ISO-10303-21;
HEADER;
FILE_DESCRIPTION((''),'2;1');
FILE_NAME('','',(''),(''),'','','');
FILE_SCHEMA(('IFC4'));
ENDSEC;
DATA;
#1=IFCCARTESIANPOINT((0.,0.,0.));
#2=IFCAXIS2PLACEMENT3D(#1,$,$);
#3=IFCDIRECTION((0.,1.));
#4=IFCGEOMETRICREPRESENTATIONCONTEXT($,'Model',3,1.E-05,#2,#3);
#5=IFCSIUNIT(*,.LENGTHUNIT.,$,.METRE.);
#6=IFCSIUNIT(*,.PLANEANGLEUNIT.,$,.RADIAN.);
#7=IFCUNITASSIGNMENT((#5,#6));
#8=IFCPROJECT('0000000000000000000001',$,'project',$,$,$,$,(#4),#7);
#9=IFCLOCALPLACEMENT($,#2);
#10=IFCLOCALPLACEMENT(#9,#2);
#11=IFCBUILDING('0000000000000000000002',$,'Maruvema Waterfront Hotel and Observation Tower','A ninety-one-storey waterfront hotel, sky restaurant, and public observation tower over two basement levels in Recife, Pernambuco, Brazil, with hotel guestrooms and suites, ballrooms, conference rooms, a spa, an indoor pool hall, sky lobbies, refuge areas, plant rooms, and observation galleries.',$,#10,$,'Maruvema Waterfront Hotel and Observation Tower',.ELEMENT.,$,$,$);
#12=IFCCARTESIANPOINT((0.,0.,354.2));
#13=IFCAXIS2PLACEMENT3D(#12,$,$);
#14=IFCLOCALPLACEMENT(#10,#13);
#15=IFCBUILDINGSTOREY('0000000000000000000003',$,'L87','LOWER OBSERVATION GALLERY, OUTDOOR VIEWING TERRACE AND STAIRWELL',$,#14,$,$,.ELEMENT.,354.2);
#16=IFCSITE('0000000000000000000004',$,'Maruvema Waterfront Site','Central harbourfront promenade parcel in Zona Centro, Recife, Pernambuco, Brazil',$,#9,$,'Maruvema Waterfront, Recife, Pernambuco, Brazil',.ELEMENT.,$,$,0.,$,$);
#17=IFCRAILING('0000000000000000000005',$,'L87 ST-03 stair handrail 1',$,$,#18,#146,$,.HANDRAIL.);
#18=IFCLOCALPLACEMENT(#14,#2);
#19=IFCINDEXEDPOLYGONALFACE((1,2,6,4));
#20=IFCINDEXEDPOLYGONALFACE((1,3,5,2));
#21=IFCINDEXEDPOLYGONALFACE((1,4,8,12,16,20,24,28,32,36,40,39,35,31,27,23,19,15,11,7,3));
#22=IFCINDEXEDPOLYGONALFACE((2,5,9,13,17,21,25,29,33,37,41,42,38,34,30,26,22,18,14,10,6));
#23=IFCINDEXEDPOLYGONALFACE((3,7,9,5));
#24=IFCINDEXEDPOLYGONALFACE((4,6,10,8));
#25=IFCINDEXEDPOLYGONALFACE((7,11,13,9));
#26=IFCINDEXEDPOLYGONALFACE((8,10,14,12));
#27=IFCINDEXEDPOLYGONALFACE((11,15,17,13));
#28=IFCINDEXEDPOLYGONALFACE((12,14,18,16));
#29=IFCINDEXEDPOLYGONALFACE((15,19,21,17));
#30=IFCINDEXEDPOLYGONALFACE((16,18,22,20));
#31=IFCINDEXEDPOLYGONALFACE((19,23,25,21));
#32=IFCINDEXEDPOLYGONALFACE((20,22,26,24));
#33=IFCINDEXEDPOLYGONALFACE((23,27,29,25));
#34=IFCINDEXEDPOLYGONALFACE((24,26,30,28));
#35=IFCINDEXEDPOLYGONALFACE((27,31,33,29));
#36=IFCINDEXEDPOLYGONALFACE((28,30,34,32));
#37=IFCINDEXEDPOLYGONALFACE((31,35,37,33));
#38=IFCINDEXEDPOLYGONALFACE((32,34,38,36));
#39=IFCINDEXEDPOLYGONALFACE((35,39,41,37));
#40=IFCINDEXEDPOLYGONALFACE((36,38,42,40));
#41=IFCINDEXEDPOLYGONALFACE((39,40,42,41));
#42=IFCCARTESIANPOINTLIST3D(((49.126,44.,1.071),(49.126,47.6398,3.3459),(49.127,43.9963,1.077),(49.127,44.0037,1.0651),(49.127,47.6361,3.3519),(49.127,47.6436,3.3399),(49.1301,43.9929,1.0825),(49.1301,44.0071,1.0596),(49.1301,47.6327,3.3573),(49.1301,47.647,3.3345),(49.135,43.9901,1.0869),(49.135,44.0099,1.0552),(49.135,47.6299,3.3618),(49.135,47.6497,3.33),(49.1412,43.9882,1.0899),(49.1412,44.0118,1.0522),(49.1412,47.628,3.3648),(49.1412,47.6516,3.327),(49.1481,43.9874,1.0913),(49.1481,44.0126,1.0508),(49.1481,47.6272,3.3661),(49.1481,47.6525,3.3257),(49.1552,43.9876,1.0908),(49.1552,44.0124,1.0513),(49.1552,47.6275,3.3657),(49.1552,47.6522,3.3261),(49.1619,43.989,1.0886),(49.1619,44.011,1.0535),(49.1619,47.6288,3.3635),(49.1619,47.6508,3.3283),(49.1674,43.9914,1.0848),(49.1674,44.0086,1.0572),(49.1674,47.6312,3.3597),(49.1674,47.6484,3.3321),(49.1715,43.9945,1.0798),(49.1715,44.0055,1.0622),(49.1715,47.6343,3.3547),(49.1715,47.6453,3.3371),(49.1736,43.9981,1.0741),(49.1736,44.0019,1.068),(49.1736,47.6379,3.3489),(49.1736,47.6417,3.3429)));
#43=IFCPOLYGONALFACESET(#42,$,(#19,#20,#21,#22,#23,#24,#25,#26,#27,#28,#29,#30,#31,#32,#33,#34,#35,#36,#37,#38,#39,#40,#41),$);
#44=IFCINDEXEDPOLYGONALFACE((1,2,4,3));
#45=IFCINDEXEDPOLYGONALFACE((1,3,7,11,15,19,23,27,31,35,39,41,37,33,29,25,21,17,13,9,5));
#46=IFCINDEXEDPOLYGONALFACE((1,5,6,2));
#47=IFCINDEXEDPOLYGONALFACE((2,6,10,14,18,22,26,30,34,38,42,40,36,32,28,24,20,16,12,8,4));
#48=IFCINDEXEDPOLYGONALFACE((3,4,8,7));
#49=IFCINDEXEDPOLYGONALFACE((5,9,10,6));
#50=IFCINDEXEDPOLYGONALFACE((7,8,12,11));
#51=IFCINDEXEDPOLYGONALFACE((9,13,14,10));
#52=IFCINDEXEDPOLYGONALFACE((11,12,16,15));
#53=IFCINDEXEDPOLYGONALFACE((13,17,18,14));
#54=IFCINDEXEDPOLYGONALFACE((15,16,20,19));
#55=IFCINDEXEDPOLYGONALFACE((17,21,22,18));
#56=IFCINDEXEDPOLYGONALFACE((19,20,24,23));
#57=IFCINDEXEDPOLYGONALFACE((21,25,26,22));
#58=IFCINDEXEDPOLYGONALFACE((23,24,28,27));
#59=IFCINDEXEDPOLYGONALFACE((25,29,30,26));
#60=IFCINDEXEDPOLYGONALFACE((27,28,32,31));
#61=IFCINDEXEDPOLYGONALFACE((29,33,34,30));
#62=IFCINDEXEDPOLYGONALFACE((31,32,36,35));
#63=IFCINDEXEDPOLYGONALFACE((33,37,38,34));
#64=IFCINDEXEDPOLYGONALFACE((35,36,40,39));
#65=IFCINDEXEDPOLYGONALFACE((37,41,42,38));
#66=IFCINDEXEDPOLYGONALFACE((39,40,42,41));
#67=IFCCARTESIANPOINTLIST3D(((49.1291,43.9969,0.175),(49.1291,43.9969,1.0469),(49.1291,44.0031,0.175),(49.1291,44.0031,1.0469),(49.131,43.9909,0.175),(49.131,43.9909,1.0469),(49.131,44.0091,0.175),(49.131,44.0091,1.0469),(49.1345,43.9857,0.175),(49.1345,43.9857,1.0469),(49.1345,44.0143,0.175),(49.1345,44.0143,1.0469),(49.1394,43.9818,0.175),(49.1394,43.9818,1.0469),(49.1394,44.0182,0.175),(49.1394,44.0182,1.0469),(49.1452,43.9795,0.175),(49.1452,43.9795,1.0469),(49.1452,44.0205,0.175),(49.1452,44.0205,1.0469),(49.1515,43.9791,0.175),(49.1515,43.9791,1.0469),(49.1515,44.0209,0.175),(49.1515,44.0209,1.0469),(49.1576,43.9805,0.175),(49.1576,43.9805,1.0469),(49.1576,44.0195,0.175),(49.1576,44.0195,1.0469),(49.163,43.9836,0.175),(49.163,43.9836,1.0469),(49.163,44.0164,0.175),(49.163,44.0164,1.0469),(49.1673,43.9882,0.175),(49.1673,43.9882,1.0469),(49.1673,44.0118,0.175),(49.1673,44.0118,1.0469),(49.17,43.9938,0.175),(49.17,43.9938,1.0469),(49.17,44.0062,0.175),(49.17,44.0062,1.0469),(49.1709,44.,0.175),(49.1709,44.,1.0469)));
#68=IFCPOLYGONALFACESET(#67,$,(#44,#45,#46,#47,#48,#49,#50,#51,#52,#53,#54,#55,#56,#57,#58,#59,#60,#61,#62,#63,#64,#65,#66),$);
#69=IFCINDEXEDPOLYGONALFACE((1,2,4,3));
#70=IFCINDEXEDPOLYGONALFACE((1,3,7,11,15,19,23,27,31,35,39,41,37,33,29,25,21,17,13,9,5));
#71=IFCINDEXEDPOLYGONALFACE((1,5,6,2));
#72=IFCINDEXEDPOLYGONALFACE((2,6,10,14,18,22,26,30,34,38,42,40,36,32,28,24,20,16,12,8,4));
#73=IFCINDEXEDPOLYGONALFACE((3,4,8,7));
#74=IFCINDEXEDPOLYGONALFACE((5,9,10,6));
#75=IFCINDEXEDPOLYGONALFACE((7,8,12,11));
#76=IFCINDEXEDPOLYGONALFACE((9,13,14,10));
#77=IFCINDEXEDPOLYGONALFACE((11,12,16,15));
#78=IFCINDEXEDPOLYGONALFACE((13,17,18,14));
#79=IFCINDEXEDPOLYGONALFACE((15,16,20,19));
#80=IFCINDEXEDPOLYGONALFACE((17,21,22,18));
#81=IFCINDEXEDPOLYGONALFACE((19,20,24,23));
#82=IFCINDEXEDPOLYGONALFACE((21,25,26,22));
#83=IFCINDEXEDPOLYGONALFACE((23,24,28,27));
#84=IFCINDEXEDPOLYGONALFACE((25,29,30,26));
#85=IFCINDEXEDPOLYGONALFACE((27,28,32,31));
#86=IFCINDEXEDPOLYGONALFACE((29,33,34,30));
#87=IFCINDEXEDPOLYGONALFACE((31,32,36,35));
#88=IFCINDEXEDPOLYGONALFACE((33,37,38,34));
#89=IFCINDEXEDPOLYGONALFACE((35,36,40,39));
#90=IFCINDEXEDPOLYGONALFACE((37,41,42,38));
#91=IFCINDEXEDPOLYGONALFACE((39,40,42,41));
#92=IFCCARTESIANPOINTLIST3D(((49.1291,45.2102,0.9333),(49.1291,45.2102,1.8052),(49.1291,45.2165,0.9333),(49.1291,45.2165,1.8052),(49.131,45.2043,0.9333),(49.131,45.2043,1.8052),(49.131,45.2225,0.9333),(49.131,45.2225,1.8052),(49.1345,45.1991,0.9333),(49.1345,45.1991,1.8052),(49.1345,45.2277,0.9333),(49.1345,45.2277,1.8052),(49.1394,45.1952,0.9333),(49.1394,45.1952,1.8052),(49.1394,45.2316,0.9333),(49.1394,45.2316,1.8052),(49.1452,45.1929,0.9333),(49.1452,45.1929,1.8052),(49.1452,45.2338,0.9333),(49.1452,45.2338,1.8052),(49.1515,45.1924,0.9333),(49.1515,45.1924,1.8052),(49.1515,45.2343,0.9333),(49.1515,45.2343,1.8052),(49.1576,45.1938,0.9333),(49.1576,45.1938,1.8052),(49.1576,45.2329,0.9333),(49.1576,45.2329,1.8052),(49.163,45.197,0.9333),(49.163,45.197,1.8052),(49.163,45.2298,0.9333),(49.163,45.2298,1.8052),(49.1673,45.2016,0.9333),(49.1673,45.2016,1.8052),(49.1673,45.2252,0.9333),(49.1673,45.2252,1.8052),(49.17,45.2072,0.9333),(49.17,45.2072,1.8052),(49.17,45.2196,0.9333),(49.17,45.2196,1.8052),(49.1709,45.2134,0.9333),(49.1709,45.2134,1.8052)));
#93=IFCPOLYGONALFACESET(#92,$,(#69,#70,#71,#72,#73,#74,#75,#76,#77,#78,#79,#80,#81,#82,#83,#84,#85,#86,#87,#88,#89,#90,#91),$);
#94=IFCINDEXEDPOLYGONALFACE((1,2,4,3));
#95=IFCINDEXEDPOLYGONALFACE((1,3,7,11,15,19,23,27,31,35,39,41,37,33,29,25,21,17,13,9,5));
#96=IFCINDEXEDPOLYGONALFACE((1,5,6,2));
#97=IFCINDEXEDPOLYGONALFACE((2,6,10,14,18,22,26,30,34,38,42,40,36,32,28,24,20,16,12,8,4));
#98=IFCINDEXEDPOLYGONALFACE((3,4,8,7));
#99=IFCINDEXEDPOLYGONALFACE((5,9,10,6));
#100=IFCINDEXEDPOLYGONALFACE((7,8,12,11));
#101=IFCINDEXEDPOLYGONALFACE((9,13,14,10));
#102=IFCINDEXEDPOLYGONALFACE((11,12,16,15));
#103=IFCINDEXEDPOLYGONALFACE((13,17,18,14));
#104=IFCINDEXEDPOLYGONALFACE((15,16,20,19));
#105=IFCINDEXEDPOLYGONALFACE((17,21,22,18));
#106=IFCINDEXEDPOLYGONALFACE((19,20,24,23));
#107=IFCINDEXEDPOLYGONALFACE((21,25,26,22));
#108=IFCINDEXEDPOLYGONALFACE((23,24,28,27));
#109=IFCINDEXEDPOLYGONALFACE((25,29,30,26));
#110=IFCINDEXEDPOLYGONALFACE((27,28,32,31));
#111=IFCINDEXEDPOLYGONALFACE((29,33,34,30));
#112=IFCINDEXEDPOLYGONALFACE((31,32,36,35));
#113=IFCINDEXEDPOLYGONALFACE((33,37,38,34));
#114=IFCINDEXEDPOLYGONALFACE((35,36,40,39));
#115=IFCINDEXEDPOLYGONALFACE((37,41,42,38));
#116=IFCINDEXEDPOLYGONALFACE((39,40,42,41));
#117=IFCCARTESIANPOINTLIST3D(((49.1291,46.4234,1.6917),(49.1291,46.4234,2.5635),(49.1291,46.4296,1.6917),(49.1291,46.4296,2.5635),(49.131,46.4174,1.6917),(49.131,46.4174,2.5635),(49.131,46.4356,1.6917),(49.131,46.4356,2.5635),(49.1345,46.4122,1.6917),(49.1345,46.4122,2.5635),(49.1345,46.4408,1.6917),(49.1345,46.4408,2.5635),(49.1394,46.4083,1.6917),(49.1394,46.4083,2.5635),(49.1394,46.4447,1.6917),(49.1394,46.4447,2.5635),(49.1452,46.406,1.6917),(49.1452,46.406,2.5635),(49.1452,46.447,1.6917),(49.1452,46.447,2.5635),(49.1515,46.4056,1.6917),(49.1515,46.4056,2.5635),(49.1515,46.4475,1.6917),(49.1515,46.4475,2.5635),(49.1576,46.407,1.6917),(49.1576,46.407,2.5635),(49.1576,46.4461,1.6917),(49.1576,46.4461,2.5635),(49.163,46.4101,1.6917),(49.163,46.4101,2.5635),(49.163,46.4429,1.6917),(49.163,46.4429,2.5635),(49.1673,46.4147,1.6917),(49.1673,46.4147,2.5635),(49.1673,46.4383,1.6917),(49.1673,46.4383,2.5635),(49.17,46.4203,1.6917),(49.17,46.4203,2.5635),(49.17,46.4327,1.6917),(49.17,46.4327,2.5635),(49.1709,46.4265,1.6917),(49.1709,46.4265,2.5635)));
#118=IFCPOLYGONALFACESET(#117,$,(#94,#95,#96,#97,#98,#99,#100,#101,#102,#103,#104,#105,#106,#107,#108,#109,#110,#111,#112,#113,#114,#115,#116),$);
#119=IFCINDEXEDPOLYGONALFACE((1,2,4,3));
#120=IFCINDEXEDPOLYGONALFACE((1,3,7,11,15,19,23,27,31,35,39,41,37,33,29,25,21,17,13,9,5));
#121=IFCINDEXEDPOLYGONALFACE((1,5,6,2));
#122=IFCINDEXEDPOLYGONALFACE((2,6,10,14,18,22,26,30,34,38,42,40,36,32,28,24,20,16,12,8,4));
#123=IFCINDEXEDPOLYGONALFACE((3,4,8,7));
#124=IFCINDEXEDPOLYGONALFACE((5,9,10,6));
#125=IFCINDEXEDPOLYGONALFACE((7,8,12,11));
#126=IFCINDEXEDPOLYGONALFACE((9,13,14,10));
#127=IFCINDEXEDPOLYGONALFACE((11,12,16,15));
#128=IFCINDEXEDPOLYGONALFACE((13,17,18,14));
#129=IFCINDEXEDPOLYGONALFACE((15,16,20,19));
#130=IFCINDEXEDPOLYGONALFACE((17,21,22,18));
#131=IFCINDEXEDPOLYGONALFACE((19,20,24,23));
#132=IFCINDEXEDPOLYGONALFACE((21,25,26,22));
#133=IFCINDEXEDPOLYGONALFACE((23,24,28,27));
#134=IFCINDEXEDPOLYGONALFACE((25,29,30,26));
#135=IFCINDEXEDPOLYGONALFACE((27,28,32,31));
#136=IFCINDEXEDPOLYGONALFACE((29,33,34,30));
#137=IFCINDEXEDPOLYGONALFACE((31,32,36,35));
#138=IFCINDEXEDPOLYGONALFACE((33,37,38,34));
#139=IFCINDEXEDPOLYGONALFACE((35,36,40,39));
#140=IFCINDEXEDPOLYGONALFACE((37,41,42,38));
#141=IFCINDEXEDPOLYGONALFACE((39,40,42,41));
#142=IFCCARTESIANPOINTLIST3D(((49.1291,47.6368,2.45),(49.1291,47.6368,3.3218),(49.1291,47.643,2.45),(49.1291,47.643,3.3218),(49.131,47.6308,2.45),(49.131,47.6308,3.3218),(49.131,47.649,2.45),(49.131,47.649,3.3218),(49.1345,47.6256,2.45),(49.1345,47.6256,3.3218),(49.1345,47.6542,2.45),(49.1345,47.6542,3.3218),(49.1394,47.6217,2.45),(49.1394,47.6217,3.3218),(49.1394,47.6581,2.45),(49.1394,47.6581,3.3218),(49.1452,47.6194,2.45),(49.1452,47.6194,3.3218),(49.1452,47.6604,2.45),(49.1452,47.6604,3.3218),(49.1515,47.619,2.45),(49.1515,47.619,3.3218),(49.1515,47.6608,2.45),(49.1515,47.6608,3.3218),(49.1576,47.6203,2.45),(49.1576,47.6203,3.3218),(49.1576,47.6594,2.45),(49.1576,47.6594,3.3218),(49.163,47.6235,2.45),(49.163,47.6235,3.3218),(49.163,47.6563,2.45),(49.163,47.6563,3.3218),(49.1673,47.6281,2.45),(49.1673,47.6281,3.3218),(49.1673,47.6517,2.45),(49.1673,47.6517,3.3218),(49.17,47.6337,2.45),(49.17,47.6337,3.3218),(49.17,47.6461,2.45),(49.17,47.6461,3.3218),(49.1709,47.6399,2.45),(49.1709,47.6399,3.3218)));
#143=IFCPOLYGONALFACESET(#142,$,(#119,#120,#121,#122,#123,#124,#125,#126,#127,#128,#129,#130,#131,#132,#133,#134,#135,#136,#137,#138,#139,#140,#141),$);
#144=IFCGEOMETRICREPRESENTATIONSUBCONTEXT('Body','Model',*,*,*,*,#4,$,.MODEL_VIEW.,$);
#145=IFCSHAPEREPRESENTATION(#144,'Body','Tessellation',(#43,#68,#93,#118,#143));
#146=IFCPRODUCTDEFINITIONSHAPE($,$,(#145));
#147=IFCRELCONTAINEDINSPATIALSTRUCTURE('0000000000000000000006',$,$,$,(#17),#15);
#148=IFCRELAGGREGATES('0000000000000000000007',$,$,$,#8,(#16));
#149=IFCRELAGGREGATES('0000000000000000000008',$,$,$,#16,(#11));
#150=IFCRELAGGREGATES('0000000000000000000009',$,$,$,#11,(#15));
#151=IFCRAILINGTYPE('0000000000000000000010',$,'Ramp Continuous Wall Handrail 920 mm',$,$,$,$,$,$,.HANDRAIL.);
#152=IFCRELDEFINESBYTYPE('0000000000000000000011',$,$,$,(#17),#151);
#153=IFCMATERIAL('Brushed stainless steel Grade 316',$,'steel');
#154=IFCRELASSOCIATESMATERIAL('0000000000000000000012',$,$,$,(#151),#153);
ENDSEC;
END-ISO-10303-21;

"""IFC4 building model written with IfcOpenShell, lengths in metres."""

from ifc_helpers import new_model, si_unit, direction, frame, origin, origin_2d, place, context, subcontext, project, spatial, circle, extrude, material, type_object, element, save


model = new_model("IFC4")

# Units and contexts
model_context = context("Model", 3, precision=1e-05, world=origin(), true_north=direction((0.0, 1.0)))
body_context = subcontext(model_context, "Body", "Model", "MODEL_VIEW")
ifc_project = project(units=[si_unit("LENGTHUNIT", "METRE"), si_unit("PLANEANGLEUNIT", "RADIAN")], contexts=[model_context])

# Site, building, storey
site_placement = place(None, origin())
site = spatial("IfcSite", under=ifc_project, at=site_placement, Name="Maruvema Waterfront Site", Description="Central harbourfront promenade parcel in Zona Centro, Recife, Pernambuco, Brazil", LongName="Maruvema Waterfront, Recife, Pernambuco, Brazil", CompositionType="ELEMENT", RefElevation=0.0)
building_placement = place(site_placement, origin())
building = spatial("IfcBuilding", under=site, at=building_placement, Name="Maruvema Waterfront Hotel and Observation Tower", Description="A ninety-one-storey waterfront hotel, sky restaurant, and public observation tower over two basement levels in Recife, Pernambuco, Brazil, with hotel guestrooms and suites, ballrooms, conference rooms, a spa, an indoor pool hall, sky lobbies, refuge areas, plant rooms, and observation galleries.", LongName="Maruvema Waterfront Hotel and Observation Tower", CompositionType="ELEMENT")
storey_placement = place(building_placement, frame((0.0, 0.0, 354.2)))
storey = spatial("IfcBuildingStorey", under=building, at=storey_placement, Name="L87", Description="LOWER OBSERVATION GALLERY, OUTDOOR VIEWING TERRACE AND STAIRWELL", CompositionType="ELEMENT", Elevation=354.2)

# Railing
ifc_material_1 = material(Name="Brushed stainless steel Grade 316", Category="steel")
railing_type_1 = type_object("IfcRailingType", Name="Ramp Continuous Wall Handrail 920 mm", PredefinedType="HANDRAIL", material=ifc_material_1)
railing_1_placement = place(storey_placement, frame((49.1499, 44.0, 0.175)))
element("IfcRailing", 1, at=railing_1_placement, inside=storey, type_object=railing_type_1, Name="L87 ST-03 stair handrail 1", PredefinedType="HANDRAIL", context=body_context, shape_type="SweptSolid", body=[
    extrude(circle(Radius=0.0239, at=origin_2d()), frame((0.0, 0.0, 0.896), z_axis=(0.0, 0.848001, 0.529994), x_axis=(-1.0, 0.0, 0.0)), (0.0, 0.0, 1.0), 4.2922),
    extrude(circle(Radius=0.021, at=origin_2d()), origin(), (0.0, 0.0, 1.0), 0.8718),
    extrude(circle(Radius=0.021, at=origin_2d()), frame((0.0, 1.2134, 0.7583)), (0.0, 0.0, 1.0), 0.8718),
    extrude(circle(Radius=0.021, at=origin_2d()), frame((0.0, 2.4265, 1.5166)), (0.0, 0.0, 1.0), 0.8718),
    extrude(circle(Radius=0.021, at=origin_2d()), frame((0.0, 3.6399, 2.2749)), (0.0, 0.0, 1.0), 0.8718),
])

save(model, "model.ifc")
